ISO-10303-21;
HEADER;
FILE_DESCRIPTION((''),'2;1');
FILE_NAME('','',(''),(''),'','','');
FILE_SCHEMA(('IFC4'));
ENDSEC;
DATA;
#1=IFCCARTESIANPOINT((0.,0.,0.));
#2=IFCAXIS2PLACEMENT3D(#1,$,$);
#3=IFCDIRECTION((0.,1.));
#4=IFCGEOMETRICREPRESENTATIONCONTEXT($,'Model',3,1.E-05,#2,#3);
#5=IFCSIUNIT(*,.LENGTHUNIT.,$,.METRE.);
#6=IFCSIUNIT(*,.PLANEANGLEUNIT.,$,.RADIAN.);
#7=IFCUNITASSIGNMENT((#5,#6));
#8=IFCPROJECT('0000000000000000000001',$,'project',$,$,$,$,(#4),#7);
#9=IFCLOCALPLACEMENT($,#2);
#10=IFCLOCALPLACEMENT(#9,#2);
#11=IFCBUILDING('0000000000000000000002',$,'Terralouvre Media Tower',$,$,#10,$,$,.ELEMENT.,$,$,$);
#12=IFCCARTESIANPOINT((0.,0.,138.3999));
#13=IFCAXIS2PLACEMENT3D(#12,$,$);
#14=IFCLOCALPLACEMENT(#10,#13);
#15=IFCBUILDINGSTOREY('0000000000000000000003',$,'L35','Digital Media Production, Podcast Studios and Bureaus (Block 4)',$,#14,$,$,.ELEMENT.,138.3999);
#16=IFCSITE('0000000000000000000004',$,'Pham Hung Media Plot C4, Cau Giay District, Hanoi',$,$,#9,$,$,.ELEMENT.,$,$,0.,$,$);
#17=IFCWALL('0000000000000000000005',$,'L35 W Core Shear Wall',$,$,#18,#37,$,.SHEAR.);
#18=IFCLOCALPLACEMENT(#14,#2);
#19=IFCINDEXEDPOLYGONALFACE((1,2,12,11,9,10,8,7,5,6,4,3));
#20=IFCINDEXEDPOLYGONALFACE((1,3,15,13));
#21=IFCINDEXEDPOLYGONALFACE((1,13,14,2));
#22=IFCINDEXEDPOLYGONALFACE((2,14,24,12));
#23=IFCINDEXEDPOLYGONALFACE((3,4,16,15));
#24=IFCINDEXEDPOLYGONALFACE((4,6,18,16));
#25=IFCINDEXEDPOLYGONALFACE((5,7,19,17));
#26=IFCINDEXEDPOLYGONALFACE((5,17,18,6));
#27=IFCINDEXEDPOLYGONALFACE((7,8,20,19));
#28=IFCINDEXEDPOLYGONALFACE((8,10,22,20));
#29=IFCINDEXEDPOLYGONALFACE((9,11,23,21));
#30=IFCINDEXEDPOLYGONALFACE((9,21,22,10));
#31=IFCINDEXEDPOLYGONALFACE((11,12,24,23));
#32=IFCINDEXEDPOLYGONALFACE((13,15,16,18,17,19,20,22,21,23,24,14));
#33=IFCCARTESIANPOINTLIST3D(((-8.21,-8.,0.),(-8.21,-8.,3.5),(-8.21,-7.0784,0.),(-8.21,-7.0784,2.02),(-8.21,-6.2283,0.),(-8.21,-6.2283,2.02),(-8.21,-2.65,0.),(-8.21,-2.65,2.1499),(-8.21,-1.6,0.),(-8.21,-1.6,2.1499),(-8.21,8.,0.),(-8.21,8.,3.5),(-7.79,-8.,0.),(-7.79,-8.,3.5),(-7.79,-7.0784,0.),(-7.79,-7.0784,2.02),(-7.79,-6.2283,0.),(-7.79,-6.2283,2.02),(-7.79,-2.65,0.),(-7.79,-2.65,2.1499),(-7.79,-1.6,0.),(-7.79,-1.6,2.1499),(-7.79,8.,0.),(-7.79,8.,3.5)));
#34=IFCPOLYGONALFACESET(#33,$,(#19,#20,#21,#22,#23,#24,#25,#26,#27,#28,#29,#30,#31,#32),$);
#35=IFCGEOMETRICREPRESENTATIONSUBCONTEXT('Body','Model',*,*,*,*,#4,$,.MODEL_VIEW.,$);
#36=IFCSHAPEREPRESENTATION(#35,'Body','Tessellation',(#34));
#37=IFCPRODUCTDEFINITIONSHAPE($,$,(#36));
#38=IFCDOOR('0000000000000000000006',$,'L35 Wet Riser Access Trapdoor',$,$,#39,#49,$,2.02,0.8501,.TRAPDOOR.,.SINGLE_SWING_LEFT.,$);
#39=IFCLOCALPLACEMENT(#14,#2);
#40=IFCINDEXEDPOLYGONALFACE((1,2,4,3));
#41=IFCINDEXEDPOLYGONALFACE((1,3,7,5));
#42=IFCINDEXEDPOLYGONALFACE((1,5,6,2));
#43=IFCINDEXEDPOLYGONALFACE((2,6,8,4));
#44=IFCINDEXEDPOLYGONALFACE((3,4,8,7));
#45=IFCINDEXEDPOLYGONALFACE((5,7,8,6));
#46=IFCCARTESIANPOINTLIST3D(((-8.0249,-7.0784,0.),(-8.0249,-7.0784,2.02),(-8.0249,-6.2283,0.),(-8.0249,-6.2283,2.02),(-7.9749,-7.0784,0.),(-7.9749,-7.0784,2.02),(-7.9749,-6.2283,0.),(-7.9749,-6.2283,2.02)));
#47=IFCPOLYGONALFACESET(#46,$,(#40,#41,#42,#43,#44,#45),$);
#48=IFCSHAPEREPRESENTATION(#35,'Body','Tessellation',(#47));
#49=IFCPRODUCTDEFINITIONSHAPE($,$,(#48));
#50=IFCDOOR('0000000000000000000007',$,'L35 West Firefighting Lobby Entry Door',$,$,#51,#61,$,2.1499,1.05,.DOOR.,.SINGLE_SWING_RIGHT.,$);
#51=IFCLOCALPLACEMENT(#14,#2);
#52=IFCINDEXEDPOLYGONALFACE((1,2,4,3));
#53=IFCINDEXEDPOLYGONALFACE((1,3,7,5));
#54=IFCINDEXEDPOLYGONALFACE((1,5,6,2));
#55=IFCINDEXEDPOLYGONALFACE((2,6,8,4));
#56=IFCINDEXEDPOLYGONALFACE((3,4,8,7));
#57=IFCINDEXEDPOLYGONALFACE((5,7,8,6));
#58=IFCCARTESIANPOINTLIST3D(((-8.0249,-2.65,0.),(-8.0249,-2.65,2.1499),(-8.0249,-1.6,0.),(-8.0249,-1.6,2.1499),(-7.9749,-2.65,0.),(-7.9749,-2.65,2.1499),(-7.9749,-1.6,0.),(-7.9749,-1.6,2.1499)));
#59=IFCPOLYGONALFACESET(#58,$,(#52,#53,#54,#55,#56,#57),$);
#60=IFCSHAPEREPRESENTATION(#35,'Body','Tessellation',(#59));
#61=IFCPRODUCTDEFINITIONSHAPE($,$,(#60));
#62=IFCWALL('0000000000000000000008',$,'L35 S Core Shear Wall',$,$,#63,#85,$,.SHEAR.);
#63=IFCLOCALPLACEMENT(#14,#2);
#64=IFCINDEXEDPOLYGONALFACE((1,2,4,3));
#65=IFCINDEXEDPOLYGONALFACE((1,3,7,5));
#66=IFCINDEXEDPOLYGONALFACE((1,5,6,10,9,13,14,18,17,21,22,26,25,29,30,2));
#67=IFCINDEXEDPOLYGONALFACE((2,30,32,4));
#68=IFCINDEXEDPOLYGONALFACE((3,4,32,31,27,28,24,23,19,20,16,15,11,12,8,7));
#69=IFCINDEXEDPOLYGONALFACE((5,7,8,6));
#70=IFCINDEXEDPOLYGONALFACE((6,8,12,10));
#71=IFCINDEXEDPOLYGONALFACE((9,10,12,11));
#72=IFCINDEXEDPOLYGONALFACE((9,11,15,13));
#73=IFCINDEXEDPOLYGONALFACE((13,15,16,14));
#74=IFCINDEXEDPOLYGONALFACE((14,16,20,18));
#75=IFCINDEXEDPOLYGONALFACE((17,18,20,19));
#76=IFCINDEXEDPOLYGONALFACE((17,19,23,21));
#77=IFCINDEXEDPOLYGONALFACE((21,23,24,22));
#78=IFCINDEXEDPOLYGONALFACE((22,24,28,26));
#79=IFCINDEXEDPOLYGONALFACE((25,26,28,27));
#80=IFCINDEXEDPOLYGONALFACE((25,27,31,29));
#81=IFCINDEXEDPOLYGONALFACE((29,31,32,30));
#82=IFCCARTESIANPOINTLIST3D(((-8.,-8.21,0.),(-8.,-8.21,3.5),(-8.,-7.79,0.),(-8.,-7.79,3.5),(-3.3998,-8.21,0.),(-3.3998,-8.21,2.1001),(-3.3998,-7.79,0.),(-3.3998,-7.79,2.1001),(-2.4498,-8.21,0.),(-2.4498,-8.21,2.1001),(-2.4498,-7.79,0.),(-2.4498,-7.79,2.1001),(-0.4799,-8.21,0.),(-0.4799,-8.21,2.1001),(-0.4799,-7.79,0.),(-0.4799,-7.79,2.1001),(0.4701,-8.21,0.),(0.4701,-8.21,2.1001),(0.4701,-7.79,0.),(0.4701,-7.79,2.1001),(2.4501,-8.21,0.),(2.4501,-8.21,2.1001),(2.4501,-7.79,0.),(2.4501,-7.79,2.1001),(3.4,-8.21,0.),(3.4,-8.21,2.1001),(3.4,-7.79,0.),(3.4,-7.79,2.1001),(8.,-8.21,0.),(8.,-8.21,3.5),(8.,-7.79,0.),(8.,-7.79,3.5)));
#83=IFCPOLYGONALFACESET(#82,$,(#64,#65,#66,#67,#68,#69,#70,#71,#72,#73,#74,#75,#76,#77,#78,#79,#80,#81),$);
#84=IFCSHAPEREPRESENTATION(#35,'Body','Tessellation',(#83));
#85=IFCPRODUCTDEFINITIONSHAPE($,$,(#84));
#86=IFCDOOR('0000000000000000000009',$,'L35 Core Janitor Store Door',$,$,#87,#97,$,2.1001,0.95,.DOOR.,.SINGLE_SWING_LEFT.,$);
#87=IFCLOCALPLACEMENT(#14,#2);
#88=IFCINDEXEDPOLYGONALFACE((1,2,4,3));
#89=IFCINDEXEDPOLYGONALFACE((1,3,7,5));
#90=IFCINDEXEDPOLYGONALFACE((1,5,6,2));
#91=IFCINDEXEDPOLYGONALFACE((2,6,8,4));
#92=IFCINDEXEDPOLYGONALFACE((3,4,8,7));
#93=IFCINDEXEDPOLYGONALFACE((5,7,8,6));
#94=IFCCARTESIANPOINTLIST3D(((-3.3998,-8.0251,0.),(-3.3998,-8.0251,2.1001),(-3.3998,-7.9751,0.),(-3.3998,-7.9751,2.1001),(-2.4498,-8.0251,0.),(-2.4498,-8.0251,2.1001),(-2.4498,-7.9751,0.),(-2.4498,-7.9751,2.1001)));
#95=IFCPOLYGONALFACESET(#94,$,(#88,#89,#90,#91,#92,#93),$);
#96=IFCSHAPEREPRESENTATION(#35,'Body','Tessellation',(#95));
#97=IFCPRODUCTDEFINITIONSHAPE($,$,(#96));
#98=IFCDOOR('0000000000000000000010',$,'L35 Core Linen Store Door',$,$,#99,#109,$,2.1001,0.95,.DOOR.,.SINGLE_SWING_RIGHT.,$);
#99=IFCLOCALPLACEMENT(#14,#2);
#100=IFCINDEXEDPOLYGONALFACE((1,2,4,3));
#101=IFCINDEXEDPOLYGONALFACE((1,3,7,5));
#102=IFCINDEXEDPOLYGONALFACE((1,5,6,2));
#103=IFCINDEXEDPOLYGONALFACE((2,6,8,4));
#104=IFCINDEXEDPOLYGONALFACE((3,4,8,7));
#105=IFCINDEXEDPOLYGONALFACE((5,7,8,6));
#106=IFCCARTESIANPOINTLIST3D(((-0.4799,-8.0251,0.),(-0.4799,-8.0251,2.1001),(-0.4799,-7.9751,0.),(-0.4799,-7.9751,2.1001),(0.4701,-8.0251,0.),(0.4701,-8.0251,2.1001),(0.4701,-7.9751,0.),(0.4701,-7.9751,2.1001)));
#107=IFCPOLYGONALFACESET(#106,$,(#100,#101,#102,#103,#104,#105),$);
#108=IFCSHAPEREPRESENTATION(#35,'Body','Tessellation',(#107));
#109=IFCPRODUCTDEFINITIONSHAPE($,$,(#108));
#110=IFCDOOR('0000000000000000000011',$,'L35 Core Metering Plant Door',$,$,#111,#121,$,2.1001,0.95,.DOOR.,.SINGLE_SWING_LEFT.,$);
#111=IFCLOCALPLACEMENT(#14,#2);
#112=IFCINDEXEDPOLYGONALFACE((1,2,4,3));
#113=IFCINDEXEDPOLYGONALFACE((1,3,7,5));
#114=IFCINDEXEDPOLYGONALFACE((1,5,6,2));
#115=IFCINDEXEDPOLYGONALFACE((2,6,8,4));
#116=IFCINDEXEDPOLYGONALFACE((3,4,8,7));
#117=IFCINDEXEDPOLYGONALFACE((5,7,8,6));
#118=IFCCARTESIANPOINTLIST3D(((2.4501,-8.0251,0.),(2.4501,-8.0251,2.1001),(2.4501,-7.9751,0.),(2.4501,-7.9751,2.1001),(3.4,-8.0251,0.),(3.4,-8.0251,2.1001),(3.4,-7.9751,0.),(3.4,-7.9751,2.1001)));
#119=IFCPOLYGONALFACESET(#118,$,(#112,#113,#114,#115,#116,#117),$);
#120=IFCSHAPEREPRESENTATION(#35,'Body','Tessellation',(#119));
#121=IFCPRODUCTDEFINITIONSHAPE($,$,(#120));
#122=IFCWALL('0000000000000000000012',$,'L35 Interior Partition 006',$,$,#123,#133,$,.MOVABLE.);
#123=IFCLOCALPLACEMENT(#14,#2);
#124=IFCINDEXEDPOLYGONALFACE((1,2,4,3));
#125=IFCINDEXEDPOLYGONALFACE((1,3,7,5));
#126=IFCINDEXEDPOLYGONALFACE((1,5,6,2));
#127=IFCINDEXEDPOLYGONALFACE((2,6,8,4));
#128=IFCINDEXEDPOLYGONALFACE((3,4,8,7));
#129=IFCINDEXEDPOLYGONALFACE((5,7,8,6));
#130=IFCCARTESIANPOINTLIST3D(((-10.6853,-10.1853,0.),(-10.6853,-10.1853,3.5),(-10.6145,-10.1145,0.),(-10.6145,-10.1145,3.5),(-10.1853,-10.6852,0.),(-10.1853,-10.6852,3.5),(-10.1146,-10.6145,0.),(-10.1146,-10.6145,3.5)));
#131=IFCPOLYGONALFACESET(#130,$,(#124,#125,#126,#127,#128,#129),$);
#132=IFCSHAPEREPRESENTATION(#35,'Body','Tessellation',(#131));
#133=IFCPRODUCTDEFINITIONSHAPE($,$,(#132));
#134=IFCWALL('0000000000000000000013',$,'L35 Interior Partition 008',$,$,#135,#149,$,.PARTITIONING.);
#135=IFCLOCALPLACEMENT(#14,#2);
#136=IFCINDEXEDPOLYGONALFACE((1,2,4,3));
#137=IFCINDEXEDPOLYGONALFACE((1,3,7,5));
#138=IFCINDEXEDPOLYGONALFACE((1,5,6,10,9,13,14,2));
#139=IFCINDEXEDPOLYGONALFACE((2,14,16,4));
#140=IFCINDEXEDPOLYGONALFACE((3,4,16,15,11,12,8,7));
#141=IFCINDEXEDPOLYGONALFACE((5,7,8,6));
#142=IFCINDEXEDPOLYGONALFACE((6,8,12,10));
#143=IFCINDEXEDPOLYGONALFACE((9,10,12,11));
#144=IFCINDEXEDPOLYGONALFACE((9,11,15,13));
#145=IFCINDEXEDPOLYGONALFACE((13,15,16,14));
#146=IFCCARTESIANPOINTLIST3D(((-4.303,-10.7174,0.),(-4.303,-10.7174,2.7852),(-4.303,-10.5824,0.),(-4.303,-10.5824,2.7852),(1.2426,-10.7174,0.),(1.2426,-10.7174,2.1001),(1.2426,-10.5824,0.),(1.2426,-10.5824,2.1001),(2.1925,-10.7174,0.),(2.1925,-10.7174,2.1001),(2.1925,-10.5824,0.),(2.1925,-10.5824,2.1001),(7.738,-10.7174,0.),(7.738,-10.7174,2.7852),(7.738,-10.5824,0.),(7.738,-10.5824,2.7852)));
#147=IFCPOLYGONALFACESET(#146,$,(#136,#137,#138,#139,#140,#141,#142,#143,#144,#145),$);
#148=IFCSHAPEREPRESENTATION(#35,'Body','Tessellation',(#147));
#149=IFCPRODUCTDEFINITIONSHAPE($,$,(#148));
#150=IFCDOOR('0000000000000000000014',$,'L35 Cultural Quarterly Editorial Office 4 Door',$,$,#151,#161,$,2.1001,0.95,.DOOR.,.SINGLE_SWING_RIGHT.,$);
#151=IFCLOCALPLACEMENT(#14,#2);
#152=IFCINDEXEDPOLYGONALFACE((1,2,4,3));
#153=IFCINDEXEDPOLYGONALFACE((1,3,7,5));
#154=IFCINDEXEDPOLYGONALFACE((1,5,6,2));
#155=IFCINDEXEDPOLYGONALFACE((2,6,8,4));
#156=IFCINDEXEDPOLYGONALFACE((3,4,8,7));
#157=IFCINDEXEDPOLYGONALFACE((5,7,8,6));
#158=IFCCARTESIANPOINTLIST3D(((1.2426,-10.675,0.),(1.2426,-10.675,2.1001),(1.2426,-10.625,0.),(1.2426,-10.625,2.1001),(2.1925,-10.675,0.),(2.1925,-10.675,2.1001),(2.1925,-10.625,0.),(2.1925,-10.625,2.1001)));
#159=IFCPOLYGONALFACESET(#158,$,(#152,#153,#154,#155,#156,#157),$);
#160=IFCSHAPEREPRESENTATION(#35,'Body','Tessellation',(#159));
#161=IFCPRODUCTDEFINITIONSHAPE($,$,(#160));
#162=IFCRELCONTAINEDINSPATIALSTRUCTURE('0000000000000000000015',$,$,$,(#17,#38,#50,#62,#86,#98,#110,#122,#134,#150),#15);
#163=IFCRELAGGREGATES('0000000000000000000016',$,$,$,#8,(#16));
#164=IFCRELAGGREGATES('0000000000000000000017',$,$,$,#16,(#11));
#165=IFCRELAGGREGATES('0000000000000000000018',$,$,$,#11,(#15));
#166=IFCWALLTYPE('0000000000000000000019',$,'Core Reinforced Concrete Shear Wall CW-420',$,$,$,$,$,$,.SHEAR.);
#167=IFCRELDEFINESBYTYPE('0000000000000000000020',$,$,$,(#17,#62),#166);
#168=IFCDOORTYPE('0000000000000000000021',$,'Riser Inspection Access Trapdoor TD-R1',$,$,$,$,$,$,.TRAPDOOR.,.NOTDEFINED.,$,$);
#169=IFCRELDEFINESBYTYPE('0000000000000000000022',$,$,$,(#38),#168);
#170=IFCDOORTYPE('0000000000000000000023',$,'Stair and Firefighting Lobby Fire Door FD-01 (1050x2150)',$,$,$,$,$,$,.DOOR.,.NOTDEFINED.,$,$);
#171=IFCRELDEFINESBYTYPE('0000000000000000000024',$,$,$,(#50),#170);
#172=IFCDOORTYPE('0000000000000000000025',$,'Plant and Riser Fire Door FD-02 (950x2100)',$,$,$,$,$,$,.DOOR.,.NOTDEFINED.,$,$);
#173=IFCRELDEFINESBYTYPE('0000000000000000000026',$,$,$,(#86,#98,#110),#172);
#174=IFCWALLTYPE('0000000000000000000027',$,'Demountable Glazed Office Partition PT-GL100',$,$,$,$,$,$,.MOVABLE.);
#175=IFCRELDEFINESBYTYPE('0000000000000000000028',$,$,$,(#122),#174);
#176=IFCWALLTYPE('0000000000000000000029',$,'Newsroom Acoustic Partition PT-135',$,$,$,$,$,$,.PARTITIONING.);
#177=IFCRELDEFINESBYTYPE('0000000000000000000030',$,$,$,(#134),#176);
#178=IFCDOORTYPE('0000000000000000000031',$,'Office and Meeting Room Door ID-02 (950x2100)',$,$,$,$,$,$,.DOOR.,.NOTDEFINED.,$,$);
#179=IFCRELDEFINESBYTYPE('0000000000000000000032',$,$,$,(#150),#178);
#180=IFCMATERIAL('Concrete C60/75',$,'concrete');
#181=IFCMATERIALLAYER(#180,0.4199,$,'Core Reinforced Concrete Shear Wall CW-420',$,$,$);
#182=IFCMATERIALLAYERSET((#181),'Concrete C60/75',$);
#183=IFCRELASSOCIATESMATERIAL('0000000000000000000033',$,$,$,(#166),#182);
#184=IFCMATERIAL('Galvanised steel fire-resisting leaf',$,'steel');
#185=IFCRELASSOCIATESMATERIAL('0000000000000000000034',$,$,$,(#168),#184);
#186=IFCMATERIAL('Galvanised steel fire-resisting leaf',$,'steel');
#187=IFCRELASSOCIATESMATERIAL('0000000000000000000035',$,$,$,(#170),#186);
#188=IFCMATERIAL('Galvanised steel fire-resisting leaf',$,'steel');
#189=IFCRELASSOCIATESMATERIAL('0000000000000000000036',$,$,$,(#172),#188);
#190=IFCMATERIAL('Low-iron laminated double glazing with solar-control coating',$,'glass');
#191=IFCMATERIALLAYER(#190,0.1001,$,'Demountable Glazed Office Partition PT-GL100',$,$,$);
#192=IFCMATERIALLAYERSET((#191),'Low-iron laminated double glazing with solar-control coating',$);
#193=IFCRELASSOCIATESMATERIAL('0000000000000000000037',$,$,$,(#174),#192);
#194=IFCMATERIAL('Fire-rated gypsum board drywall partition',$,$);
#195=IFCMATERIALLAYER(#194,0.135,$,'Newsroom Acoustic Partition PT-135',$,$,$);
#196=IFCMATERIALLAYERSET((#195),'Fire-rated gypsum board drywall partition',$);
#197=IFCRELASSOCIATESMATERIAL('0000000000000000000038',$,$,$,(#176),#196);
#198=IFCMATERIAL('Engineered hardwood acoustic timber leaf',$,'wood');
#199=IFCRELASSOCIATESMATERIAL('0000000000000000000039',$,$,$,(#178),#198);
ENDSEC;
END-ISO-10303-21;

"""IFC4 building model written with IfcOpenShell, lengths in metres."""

from ifc_helpers import new_model, si_unit, direction, frame, frame_2d, origin, place, context, subcontext, project, spatial, rectangle, extrude, material, layer, layer_set, type_object, element, fill, save


model = new_model("IFC4")

# Units and contexts
model_context = context("Model", 3, precision=1e-05, world=origin(), true_north=direction((0.0, 1.0)))
body_context = subcontext(model_context, "Body", "Model", "MODEL_VIEW")
ifc_project = project(units=[si_unit("LENGTHUNIT", "METRE"), si_unit("PLANEANGLEUNIT", "RADIAN")], contexts=[model_context])

# Site, building, storey
site_placement = place(None, origin())
site = spatial("IfcSite", under=ifc_project, at=site_placement, Name="Pham Hung Media Plot C4, Cau Giay District, Hanoi", CompositionType="ELEMENT", RefElevation=0.0)
building_placement = place(site_placement, origin())
building = spatial("IfcBuilding", under=site, at=building_placement, Name="Terralouvre Media Tower", CompositionType="ELEMENT")
storey_placement = place(building_placement, frame((0.0, 0.0, 138.3999)))
storey = spatial("IfcBuildingStorey", under=building, at=storey_placement, Name="L35", Description="Digital Media Production, Podcast Studios and Bureaus (Block 4)", CompositionType="ELEMENT", Elevation=138.3999)

# Walls, openings, doors
ifc_material_1 = material(Name="Concrete C60/75", Category="concrete")
ifc_layer_1 = layer(ifc_material_1, 0.4199, Name="Core Reinforced Concrete Shear Wall CW-420")
ifc_layer_set_1 = layer_set([ifc_layer_1], Name="Concrete C60/75")
wall_type_1 = type_object("IfcWallType", Name="Core Reinforced Concrete Shear Wall CW-420", PredefinedType="SHEAR", material=ifc_layer_set_1)
wall_1_placement = place(storey_placement, frame((-8.0, -8.0, 0.0), z_axis=(0.0, 0.0, 1.0), x_axis=(0.0, 1.0, 0.0)))
wall_1 = element("IfcWall", 1, at=wall_1_placement, inside=storey, type_object=wall_type_1, Name="L35 W Core Shear Wall", PredefinedType="SHEAR", context=body_context, shape_type="SweptSolid", body=[
    extrude(rectangle(XDim=16.0, YDim=0.4199, at=frame_2d((8.0, 0.0))), origin(), (0.0, 0.0, 1.0), 3.5),
])
opening_1_placement = place(wall_1_placement, frame((0.9216, 0.0, 0.0)))
opening_1 = element("IfcOpeningElement", 2, at=opening_1_placement, cuts=wall_1, PredefinedType="OPENING", context=body_context, shape_type="SweptSolid", body=[
    extrude(rectangle(XDim=0.8501, YDim=2.02, at=frame_2d((0.425, 1.01))), frame((0.0, 0.22, 0.0), z_axis=(0.0, -1.0, 0.0), x_axis=(1.0, 0.0, 0.0)), (0.0, 0.0, 1.0), 0.4399),
])
opening_2_placement = place(wall_1_placement, frame((5.3501, 0.0, 0.0)))
opening_2 = element("IfcOpeningElement", 3, at=opening_2_placement, cuts=wall_1, PredefinedType="OPENING", context=body_context, shape_type="SweptSolid", body=[
    extrude(rectangle(XDim=1.05, YDim=2.1499, at=frame_2d((0.5249, 1.075))), frame((0.0, 0.22, 0.0), z_axis=(0.0, -1.0, 0.0), x_axis=(1.0, 0.0, 0.0)), (0.0, 0.0, 1.0), 0.4399),
])
ifc_material_2 = material(Name="Galvanised steel fire-resisting leaf", Category="steel")
door_type_1 = type_object("IfcDoorType", Name="Riser Inspection Access Trapdoor TD-R1", OperationType="NOTDEFINED", PredefinedType="TRAPDOOR", material=ifc_material_2)
door_1_placement = place(opening_1_placement, origin())
door_1 = element("IfcDoor", 4, at=door_1_placement, inside=storey, type_object=door_type_1, Name="L35 Wet Riser Access Trapdoor", OperationType="SINGLE_SWING_LEFT", OverallHeight=2.02, OverallWidth=0.8501, PredefinedType="TRAPDOOR", context=body_context, shape_type="SweptSolid", body=[
    extrude(rectangle(XDim=0.8501, YDim=2.02, at=frame_2d((0.425, 1.01))), frame((0.0, 0.0249, 0.0), z_axis=(0.0, -1.0, 0.0), x_axis=(1.0, 0.0, 0.0)), (0.0, 0.0, 1.0), 0.05),
])
fill(opening_1, door_1)
ifc_material_3 = material(Name="Galvanised steel fire-resisting leaf", Category="steel")
door_type_2 = type_object("IfcDoorType", Name="Stair and Firefighting Lobby Fire Door FD-01 (1050x2150)", OperationType="NOTDEFINED", PredefinedType="DOOR", material=ifc_material_3)
door_2_placement = place(opening_2_placement, origin())
door_2 = element("IfcDoor", 5, at=door_2_placement, inside=storey, type_object=door_type_2, Name="L35 West Firefighting Lobby Entry Door", OperationType="SINGLE_SWING_RIGHT", OverallHeight=2.1499, OverallWidth=1.05, PredefinedType="DOOR", context=body_context, shape_type="SweptSolid", body=[
    extrude(rectangle(XDim=1.05, YDim=2.1499, at=frame_2d((0.5249, 1.075))), frame((0.0, 0.0249, 0.0), z_axis=(0.0, -1.0, 0.0), x_axis=(1.0, 0.0, 0.0)), (0.0, 0.0, 1.0), 0.05),
])
fill(opening_2, door_2)
wall_2_placement = place(storey_placement, frame((-8.0, -8.0, 0.0), z_axis=(0.0, 0.0, 1.0), x_axis=(1.0, 0.0, 0.0)))
wall_2 = element("IfcWall", 6, at=wall_2_placement, inside=storey, type_object=wall_type_1, Name="L35 S Core Shear Wall", PredefinedType="SHEAR", context=body_context, shape_type="SweptSolid", body=[
    extrude(rectangle(XDim=16.0, YDim=0.4199, at=frame_2d((8.0, 0.0))), origin(), (0.0, 0.0, 1.0), 3.5),
])
opening_3_placement = place(wall_2_placement, frame((4.6001, 0.0, 0.0)))
opening_3 = element("IfcOpeningElement", 7, at=opening_3_placement, cuts=wall_2, PredefinedType="OPENING", context=body_context, shape_type="SweptSolid", body=[
    extrude(rectangle(XDim=0.95, YDim=2.1001, at=frame_2d((0.4751, 1.05))), frame((0.0, 0.22, 0.0), z_axis=(0.0, -1.0, 0.0), x_axis=(1.0, 0.0, 0.0)), (0.0, 0.0, 1.0), 0.4399),
])
opening_4_placement = place(wall_2_placement, frame((7.52, 0.0, 0.0)))
opening_4 = element("IfcOpeningElement", 8, at=opening_4_placement, cuts=wall_2, PredefinedType="OPENING", context=body_context, shape_type="SweptSolid", body=[
    extrude(rectangle(XDim=0.95, YDim=2.1001, at=frame_2d((0.4751, 1.05))), frame((0.0, 0.22, 0.0), z_axis=(0.0, -1.0, 0.0), x_axis=(1.0, 0.0, 0.0)), (0.0, 0.0, 1.0), 0.4399),
])
opening_5_placement = place(wall_2_placement, frame((10.45, 0.0, 0.0)))
opening_5 = element("IfcOpeningElement", 9, at=opening_5_placement, cuts=wall_2, PredefinedType="OPENING", context=body_context, shape_type="SweptSolid", body=[
    extrude(rectangle(XDim=0.95, YDim=2.1001, at=frame_2d((0.4751, 1.05))), frame((0.0, 0.22, 0.0), z_axis=(0.0, -1.0, 0.0), x_axis=(1.0, 0.0, 0.0)), (0.0, 0.0, 1.0), 0.4399),
])
ifc_material_4 = material(Name="Galvanised steel fire-resisting leaf", Category="steel")
door_type_3 = type_object("IfcDoorType", Name="Plant and Riser Fire Door FD-02 (950x2100)", OperationType="NOTDEFINED", PredefinedType="DOOR", material=ifc_material_4)
door_3_placement = place(opening_3_placement, origin())
door_3 = element("IfcDoor", 10, at=door_3_placement, inside=storey, type_object=door_type_3, Name="L35 Core Janitor Store Door", OperationType="SINGLE_SWING_LEFT", OverallHeight=2.1001, OverallWidth=0.95, PredefinedType="DOOR", context=body_context, shape_type="SweptSolid", body=[
    extrude(rectangle(XDim=0.95, YDim=2.1001, at=frame_2d((0.4751, 1.05))), frame((0.0, 0.0249, 0.0), z_axis=(0.0, -1.0, 0.0), x_axis=(1.0, 0.0, 0.0)), (0.0, 0.0, 1.0), 0.05),
])
fill(opening_3, door_3)
door_4_placement = place(opening_4_placement, origin())
door_4 = element("IfcDoor", 11, at=door_4_placement, inside=storey, type_object=door_type_3, Name="L35 Core Linen Store Door", OperationType="SINGLE_SWING_RIGHT", OverallHeight=2.1001, OverallWidth=0.95, PredefinedType="DOOR", context=body_context, shape_type="SweptSolid", body=[
    extrude(rectangle(XDim=0.95, YDim=2.1001, at=frame_2d((0.4751, 1.05))), frame((0.0, 0.0249, 0.0), z_axis=(0.0, -1.0, 0.0), x_axis=(1.0, 0.0, 0.0)), (0.0, 0.0, 1.0), 0.05),
])
fill(opening_4, door_4)
door_5_placement = place(opening_5_placement, origin())
door_5 = element("IfcDoor", 12, at=door_5_placement, inside=storey, type_object=door_type_3, Name="L35 Core Metering Plant Door", OperationType="SINGLE_SWING_LEFT", OverallHeight=2.1001, OverallWidth=0.95, PredefinedType="DOOR", context=body_context, shape_type="SweptSolid", body=[
    extrude(rectangle(XDim=0.95, YDim=2.1001, at=frame_2d((0.4751, 1.05))), frame((0.0, 0.0249, 0.0), z_axis=(0.0, -1.0, 0.0), x_axis=(1.0, 0.0, 0.0)), (0.0, 0.0, 1.0), 0.05),
])
fill(opening_5, door_5)

# Wall
ifc_material_5 = material(Name="Low-iron laminated double glazing with solar-control coating", Category="glass")
ifc_layer_2 = layer(ifc_material_5, 0.1001, Name="Demountable Glazed Office Partition PT-GL100")
ifc_layer_set_2 = layer_set([ifc_layer_2], Name="Low-iron laminated double glazing with solar-control coating")
wall_type_2 = type_object("IfcWallType", Name="Demountable Glazed Office Partition PT-GL100", PredefinedType="MOVABLE", material=ifc_layer_set_2)
wall_3_placement = place(storey_placement, frame((-10.6499, -10.1499, 0.0), z_axis=(0.0, 0.0, 1.0), x_axis=(0.707107, -0.707107, 0.0)))
element("IfcWall", 13, at=wall_3_placement, inside=storey, type_object=wall_type_2, Name="L35 Interior Partition 006", PredefinedType="MOVABLE", context=body_context, shape_type="SweptSolid", body=[
    extrude(rectangle(XDim=0.707, YDim=0.1001, at=frame_2d((0.3535, 0.0))), origin(), (0.0, 0.0, 1.0), 3.5),
])

# Wall, opening, door
ifc_material_6 = material(Name="Fire-rated gypsum board drywall partition")
ifc_layer_3 = layer(ifc_material_6, 0.135, Name="Newsroom Acoustic Partition PT-135")
ifc_layer_set_3 = layer_set([ifc_layer_3], Name="Fire-rated gypsum board drywall partition")
wall_type_3 = type_object("IfcWallType", Name="Newsroom Acoustic Partition PT-135", PredefinedType="PARTITIONING", material=ifc_layer_set_3)
wall_4_placement = place(storey_placement, frame((-4.303, -10.6499, 0.0), z_axis=(0.0, 0.0, 1.0), x_axis=(1.0, 0.0, 0.0)))
wall_4 = element("IfcWall", 14, at=wall_4_placement, inside=storey, type_object=wall_type_3, Name="L35 Interior Partition 008", PredefinedType="PARTITIONING", context=body_context, shape_type="SweptSolid", body=[
    extrude(rectangle(XDim=12.041, YDim=0.135, at=frame_2d((6.0205, 0.0))), origin(), (0.0, 0.0, 1.0), 2.7852),
])
opening_6_placement = place(wall_4_placement, frame((5.5454, 0.0, 0.0)))
opening_6 = element("IfcOpeningElement", 15, at=opening_6_placement, cuts=wall_4, PredefinedType="OPENING", context=body_context, shape_type="SweptSolid", body=[
    extrude(rectangle(XDim=0.95, YDim=2.1001, at=frame_2d((0.4751, 1.05))), frame((0.0, 0.0774, 0.0), z_axis=(0.0, -1.0, 0.0), x_axis=(1.0, 0.0, 0.0)), (0.0, 0.0, 1.0), 0.155),
])
ifc_material_7 = material(Name="Engineered hardwood acoustic timber leaf", Category="wood")
door_type_4 = type_object("IfcDoorType", Name="Office and Meeting Room Door ID-02 (950x2100)", OperationType="NOTDEFINED", PredefinedType="DOOR", material=ifc_material_7)
door_6_placement = place(opening_6_placement, origin())
door_6 = element("IfcDoor", 16, at=door_6_placement, inside=storey, type_object=door_type_4, Name="L35 Cultural Quarterly Editorial Office 4 Door", OperationType="SINGLE_SWING_RIGHT", OverallHeight=2.1001, OverallWidth=0.95, PredefinedType="DOOR", context=body_context, shape_type="SweptSolid", body=[
    extrude(rectangle(XDim=0.95, YDim=2.1001, at=frame_2d((0.4751, 1.05))), frame((0.0, 0.0249, 0.0), z_axis=(0.0, -1.0, 0.0), x_axis=(1.0, 0.0, 0.0)), (0.0, 0.0, 1.0), 0.05),
])
fill(opening_6, door_6)

save(model, "model.ifc")
